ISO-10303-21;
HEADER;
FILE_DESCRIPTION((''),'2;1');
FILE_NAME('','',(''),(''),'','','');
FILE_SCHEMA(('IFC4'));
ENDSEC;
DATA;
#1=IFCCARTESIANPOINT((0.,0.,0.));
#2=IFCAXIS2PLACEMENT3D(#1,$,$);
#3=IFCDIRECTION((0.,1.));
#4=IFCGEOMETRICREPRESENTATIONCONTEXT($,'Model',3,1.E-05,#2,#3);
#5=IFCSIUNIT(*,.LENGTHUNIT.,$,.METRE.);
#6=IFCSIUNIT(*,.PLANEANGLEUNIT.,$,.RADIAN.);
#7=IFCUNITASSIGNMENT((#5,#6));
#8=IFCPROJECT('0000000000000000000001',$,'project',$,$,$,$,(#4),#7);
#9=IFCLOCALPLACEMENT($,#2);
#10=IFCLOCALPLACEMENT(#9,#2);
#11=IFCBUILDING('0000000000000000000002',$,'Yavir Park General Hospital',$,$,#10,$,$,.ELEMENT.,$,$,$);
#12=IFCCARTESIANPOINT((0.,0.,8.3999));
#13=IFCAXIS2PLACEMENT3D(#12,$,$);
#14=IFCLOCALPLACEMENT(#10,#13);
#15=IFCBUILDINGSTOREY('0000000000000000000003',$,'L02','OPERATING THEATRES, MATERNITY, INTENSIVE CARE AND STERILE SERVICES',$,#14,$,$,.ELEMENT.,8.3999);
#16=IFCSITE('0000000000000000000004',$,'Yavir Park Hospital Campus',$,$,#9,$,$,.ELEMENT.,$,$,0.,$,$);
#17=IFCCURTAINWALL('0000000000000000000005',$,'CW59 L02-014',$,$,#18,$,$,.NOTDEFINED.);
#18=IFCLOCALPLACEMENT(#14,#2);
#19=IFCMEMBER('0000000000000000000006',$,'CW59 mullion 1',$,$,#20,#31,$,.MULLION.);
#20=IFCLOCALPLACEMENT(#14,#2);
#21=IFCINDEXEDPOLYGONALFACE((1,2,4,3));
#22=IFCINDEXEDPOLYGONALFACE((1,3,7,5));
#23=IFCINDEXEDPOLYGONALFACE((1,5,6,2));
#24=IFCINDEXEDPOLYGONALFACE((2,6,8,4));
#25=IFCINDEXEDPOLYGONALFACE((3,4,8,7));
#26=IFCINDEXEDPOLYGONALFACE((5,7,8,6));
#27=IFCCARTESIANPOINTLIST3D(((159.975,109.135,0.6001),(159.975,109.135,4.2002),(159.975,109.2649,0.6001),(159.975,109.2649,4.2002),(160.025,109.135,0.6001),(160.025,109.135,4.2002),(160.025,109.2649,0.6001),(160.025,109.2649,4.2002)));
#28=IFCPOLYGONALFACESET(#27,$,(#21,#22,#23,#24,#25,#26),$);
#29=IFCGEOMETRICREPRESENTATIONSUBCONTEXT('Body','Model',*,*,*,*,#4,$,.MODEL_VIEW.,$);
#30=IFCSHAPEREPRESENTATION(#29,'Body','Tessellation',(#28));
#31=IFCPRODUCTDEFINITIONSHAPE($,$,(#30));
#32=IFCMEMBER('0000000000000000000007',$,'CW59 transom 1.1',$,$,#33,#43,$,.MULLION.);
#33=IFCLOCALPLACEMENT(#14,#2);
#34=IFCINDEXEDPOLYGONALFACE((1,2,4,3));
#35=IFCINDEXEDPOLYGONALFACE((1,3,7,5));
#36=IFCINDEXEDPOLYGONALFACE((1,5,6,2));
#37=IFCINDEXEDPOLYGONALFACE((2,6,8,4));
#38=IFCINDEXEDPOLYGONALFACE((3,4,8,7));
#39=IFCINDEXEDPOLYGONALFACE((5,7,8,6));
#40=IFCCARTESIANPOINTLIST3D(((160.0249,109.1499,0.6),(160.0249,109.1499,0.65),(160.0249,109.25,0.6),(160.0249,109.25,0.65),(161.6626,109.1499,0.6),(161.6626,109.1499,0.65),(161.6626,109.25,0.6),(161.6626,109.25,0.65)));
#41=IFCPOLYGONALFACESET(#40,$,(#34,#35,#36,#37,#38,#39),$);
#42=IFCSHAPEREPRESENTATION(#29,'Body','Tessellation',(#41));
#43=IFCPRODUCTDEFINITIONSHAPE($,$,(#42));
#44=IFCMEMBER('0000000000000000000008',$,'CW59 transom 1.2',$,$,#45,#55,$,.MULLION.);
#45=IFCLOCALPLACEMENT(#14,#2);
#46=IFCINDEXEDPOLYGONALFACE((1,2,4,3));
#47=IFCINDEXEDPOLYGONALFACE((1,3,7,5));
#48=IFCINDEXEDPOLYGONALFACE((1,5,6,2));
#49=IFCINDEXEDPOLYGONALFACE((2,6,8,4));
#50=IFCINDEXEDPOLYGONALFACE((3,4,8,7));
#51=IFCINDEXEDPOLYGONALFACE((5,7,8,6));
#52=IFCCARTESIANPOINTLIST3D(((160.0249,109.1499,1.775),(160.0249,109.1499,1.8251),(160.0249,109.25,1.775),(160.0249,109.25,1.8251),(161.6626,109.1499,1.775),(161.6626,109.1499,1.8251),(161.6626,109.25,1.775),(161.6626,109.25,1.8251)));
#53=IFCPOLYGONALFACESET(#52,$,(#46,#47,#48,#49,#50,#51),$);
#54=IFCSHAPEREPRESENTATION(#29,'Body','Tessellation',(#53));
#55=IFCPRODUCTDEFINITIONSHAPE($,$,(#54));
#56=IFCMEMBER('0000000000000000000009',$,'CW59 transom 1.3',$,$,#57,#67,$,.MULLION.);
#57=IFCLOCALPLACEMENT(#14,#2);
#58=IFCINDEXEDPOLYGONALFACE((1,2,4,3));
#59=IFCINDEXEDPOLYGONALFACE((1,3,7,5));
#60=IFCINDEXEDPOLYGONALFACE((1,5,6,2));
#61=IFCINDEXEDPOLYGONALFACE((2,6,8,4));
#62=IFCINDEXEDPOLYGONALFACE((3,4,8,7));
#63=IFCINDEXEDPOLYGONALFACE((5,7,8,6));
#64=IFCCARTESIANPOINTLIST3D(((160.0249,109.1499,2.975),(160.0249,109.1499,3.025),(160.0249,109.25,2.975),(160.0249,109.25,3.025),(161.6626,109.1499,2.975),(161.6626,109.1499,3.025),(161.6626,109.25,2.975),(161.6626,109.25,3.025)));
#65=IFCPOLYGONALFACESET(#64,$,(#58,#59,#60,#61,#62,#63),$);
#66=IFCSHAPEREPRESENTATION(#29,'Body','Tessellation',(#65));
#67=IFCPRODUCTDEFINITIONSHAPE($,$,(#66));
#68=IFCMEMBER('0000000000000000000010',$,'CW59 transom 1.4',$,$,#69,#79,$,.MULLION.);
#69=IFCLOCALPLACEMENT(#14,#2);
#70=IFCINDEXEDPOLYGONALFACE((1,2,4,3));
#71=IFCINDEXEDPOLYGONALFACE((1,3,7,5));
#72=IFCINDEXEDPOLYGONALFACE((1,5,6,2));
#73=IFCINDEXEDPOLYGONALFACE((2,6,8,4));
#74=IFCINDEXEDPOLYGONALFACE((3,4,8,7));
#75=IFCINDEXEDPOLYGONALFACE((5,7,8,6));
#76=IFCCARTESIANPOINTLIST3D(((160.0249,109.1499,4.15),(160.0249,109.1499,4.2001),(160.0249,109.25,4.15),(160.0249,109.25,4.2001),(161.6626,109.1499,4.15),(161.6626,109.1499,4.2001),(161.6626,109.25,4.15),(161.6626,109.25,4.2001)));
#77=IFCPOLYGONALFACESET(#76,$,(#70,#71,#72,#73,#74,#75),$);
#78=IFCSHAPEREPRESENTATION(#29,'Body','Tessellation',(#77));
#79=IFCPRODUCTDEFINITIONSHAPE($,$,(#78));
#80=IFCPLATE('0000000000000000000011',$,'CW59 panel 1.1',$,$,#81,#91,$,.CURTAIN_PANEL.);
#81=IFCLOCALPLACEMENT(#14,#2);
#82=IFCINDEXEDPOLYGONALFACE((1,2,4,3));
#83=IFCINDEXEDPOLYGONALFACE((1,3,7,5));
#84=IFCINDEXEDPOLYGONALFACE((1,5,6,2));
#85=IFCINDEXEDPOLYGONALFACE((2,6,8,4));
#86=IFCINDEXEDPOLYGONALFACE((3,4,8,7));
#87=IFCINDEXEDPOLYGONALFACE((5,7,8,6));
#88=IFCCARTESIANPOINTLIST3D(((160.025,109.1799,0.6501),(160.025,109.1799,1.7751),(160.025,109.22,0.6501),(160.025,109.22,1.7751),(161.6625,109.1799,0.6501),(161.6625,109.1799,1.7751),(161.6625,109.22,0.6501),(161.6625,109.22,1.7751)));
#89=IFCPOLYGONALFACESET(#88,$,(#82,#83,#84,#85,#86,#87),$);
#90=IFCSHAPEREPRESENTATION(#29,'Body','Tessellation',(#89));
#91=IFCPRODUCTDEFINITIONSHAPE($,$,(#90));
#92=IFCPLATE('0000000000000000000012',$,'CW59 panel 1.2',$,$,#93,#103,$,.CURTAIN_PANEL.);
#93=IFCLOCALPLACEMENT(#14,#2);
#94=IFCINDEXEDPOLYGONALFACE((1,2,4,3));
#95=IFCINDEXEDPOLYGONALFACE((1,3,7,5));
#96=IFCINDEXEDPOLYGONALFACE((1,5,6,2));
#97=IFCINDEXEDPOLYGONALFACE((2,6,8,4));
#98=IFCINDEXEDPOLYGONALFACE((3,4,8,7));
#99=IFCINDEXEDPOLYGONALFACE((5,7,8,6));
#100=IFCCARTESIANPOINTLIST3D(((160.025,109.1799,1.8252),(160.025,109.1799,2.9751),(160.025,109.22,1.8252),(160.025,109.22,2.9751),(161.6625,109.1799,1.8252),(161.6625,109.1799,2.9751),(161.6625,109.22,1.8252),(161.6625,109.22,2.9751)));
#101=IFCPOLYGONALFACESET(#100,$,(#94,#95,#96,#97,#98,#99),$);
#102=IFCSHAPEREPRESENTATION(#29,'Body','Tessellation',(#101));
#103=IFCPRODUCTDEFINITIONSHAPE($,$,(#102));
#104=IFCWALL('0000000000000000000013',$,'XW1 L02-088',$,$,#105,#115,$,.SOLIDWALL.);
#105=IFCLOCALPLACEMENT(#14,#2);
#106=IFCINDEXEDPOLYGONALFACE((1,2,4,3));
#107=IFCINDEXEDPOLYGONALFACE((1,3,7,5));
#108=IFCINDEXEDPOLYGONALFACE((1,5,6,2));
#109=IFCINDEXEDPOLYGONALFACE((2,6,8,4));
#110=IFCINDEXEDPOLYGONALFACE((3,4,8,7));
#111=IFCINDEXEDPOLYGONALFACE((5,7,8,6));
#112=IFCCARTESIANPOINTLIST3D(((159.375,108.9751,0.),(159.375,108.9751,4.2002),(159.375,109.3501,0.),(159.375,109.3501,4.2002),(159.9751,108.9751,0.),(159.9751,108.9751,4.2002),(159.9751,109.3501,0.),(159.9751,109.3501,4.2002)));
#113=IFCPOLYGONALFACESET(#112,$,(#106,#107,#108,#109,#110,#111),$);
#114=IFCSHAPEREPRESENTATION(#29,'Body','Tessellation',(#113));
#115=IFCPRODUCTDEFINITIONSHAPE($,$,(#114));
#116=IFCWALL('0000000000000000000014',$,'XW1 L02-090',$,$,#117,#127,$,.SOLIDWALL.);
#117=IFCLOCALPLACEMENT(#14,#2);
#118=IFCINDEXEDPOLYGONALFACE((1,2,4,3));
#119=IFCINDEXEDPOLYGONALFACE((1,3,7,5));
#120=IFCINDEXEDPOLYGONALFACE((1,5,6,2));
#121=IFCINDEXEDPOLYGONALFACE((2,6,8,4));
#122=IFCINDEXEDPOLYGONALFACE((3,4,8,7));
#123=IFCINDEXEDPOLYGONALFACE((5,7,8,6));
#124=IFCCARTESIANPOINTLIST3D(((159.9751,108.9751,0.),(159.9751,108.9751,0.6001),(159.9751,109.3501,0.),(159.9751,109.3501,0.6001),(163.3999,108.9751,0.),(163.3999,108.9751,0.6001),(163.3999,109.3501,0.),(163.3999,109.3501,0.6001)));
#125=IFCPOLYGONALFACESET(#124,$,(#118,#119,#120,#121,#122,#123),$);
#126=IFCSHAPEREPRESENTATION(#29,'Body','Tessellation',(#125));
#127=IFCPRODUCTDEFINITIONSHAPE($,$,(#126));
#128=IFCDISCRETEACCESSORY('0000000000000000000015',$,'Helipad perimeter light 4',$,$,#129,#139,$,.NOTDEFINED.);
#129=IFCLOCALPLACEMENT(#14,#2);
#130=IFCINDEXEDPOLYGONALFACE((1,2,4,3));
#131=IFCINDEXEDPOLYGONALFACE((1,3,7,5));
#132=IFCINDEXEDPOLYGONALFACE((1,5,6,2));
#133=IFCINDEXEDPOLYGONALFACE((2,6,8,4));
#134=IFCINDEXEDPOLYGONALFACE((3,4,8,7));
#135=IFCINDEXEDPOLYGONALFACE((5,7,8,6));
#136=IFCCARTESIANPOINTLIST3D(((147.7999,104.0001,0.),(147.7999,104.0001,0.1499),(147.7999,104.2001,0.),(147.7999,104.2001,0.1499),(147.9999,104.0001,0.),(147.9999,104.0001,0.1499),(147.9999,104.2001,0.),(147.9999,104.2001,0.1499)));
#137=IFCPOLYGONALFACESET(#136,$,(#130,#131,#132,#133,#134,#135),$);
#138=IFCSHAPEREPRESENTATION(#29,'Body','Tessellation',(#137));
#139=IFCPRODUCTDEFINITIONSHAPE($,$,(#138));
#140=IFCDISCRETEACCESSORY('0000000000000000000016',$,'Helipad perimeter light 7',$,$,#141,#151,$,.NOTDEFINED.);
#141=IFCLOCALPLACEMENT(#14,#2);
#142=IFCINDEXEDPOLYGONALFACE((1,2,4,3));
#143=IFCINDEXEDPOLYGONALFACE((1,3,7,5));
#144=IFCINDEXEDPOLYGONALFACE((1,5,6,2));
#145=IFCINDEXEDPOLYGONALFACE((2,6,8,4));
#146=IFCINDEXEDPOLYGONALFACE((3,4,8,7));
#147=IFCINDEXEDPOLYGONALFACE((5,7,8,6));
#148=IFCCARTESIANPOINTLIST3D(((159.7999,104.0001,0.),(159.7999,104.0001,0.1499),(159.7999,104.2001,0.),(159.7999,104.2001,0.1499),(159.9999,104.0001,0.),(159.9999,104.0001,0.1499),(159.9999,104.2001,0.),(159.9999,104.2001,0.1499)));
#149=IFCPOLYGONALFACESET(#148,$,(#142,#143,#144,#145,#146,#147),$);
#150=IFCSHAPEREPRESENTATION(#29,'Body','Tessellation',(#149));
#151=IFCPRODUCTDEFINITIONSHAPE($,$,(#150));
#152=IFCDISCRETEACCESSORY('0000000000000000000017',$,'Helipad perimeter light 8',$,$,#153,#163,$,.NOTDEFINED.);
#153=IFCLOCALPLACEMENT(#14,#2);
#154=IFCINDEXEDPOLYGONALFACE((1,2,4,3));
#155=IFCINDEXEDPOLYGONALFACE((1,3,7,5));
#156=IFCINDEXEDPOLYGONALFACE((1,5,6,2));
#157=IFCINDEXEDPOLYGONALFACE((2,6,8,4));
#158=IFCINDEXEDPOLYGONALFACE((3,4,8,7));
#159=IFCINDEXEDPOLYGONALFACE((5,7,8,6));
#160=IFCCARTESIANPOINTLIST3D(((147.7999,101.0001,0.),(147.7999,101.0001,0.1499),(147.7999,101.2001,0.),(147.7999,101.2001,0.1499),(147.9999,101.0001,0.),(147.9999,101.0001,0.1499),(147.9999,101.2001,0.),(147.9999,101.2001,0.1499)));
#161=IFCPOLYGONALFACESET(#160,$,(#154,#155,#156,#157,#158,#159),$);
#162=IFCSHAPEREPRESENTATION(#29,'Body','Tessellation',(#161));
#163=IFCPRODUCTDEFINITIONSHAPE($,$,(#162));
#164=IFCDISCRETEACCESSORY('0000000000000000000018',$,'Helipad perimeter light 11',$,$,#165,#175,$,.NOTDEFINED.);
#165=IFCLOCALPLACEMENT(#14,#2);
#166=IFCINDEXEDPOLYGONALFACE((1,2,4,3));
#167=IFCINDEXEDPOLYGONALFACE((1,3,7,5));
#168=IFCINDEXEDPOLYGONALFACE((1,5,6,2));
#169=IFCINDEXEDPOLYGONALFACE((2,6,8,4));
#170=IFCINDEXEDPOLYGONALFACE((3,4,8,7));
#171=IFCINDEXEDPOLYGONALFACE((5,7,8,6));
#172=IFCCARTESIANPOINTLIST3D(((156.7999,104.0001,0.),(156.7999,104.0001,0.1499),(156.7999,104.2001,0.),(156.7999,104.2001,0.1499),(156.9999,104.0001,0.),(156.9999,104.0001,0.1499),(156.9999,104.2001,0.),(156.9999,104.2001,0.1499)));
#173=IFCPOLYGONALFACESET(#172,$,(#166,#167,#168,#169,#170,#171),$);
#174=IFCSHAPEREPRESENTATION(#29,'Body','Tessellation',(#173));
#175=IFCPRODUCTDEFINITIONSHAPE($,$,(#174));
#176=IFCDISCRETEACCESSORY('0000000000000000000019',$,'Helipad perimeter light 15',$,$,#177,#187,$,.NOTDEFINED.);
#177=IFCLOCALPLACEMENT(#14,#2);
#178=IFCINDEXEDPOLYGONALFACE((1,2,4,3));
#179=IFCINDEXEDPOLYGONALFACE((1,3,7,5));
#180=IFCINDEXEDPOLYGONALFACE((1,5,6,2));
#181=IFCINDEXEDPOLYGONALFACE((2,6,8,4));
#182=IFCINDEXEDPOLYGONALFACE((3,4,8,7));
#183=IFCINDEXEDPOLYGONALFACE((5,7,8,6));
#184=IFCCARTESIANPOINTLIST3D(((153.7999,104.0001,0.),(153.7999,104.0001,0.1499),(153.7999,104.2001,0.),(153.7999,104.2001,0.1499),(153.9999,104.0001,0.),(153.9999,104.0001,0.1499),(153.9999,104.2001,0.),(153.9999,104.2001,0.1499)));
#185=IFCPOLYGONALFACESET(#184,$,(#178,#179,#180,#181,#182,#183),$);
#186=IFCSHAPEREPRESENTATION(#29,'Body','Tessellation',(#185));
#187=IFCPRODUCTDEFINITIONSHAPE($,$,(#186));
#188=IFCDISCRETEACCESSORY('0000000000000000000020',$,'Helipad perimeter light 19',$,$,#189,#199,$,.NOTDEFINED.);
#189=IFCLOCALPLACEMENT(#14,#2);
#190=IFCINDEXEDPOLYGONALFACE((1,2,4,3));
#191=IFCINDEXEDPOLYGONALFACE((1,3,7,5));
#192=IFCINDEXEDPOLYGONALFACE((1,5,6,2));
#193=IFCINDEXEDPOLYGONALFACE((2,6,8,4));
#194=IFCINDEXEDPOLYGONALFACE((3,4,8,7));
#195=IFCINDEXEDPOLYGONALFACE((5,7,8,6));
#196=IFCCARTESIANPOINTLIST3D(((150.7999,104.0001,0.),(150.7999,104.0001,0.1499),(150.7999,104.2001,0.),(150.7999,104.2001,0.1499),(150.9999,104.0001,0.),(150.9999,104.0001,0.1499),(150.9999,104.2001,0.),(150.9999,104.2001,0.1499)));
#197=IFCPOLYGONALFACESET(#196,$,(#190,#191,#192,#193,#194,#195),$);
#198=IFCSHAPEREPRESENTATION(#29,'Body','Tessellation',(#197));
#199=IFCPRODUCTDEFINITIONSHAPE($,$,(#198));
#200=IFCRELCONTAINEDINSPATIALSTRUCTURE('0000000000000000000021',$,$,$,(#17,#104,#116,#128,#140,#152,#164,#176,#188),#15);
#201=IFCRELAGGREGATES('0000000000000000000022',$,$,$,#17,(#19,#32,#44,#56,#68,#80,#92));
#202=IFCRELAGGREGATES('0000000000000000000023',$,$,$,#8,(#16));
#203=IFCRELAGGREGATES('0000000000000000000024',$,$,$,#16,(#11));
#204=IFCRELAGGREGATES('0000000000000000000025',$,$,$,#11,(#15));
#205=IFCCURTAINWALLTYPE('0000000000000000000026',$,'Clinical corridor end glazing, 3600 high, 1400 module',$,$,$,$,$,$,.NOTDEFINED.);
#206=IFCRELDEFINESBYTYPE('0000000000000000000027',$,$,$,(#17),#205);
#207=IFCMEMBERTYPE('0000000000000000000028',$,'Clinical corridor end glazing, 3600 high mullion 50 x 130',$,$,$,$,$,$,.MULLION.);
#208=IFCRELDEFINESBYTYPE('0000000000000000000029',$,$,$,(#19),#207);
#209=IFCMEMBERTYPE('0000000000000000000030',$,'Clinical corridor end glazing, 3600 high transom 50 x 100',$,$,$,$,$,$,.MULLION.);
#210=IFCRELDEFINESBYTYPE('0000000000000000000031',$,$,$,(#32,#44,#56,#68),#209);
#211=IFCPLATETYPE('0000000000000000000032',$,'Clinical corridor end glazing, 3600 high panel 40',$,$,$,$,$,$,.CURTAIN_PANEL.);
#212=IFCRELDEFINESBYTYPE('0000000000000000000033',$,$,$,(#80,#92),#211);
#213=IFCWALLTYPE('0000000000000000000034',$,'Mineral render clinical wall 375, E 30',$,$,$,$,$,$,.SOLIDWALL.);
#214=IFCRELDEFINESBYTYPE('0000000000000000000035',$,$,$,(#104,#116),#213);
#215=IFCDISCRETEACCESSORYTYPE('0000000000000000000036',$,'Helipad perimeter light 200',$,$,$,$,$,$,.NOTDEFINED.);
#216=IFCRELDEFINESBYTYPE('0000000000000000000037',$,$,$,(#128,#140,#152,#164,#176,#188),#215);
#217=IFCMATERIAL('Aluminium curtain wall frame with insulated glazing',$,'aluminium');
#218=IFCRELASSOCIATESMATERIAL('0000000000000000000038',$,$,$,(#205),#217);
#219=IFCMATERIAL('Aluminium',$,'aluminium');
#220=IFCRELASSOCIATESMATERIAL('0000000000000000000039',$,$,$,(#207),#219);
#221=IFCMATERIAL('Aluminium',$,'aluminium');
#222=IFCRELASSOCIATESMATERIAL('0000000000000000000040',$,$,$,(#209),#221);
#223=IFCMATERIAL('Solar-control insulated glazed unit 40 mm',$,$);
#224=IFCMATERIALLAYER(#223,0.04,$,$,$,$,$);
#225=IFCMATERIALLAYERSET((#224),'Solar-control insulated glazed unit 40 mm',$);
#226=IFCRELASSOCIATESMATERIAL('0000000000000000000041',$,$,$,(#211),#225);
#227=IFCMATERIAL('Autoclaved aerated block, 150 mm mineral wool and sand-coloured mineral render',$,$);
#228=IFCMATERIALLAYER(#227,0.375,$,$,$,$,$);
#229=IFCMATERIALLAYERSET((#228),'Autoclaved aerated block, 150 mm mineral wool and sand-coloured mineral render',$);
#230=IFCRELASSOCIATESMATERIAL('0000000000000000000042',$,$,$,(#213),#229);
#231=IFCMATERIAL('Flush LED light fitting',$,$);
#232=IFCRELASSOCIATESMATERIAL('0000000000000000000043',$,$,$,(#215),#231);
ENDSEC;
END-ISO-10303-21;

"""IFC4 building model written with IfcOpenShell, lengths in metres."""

from ifc_helpers import new_model, si_unit, direction, frame, frame_2d, origin, origin_2d, place, context, subcontext, project, spatial, rectangle, extrude, material, layer, layer_set, material_profile, profile_set, type_object, element, aggregate, save


model = new_model("IFC4")

# Units and contexts
model_context = context("Model", 3, precision=1e-05, world=origin(), true_north=direction((0.0, 1.0)))
body_context = subcontext(model_context, "Body", "Model", "MODEL_VIEW")
ifc_project = project(units=[si_unit("LENGTHUNIT", "METRE"), si_unit("PLANEANGLEUNIT", "RADIAN")], contexts=[model_context])

# Site, building, storey
site_placement = place(None, origin())
site = spatial("IfcSite", under=ifc_project, at=site_placement, Name="Yavir Park Hospital Campus", CompositionType="ELEMENT", RefElevation=0.0)
building_placement = place(site_placement, origin())
building = spatial("IfcBuilding", under=site, at=building_placement, Name="Yavir Park General Hospital", CompositionType="ELEMENT")
storey_placement = place(building_placement, frame((0.0, 0.0, 8.3999)))
storey = spatial("IfcBuildingStorey", under=building, at=storey_placement, Name="L02", Description="OPERATING THEATRES, MATERNITY, INTENSIVE CARE AND STERILE SERVICES", CompositionType="ELEMENT", Elevation=8.3999)

# Curtain wall, members, plates
ifc_material_1 = material(Name="Aluminium curtain wall frame with insulated glazing", Category="aluminium")
curtain_wall_type = type_object("IfcCurtainWallType", Name="Clinical corridor end glazing, 3600 high, 1400 module", PredefinedType="NOTDEFINED", material=ifc_material_1)
curtain_wall_placement = place(storey_placement, origin())
curtain_wall = element("IfcCurtainWall", 1, at=curtain_wall_placement, inside=storey, type_object=curtain_wall_type, Name="CW59 L02-014", PredefinedType="NOTDEFINED")
ifc_material_2 = material(Name="Aluminium", Category="aluminium")
ifc_material_profile_1 = material_profile(ifc_material_2, rectangle(XDim=0.1299, YDim=0.05, at=origin_2d()), Name="AL 50x130")
ifc_profile_set_1 = profile_set([ifc_material_profile_1], Name="Aluminium")
member_type_1 = type_object("IfcMemberType", Name="Clinical corridor end glazing, 3600 high mullion 50 x 130", PredefinedType="MULLION", material=ifc_profile_set_1)
member_1_placement = place(storey_placement, frame((160.0, 109.2, 0.6001), z_axis=(0.0, 0.0, 1.0), x_axis=(0.0, 1.0, 0.0)))
member_1 = element("IfcMember", 2, at=member_1_placement, type_object=member_type_1, Name="CW59 mullion 1", PredefinedType="MULLION", context=body_context, shape_type="SweptSolid", body=[
    extrude(rectangle(XDim=0.1299, YDim=0.05, at=origin_2d()), origin(), (0.0, 0.0, 1.0), 3.6001),
])
ifc_material_3 = material(Name="Aluminium", Category="aluminium")
ifc_material_profile_2 = material_profile(ifc_material_3, rectangle(XDim=0.1001, YDim=0.05, at=origin_2d()), Name="AL 100x50")
ifc_profile_set_2 = profile_set([ifc_material_profile_2], Name="Aluminium")
member_type_2 = type_object("IfcMemberType", Name="Clinical corridor end glazing, 3600 high transom 50 x 100", PredefinedType="MULLION", material=ifc_profile_set_2)
member_2_placement = place(storey_placement, frame((160.0249, 109.2, 0.625), z_axis=(1.0, 0.0, 0.0), x_axis=(0.0, 1.0, 0.0)))
member_2 = element("IfcMember", 3, at=member_2_placement, type_object=member_type_2, Name="CW59 transom 1.1", PredefinedType="MULLION", context=body_context, shape_type="SweptSolid", body=[
    extrude(rectangle(XDim=0.1001, YDim=0.05, at=origin_2d()), origin(), (0.0, 0.0, 1.0), 1.6377),
])
member_3_placement = place(storey_placement, frame((160.0249, 109.2, 1.8), z_axis=(1.0, 0.0, 0.0), x_axis=(0.0, 1.0, 0.0)))
member_3 = element("IfcMember", 4, at=member_3_placement, type_object=member_type_2, Name="CW59 transom 1.2", PredefinedType="MULLION", context=body_context, shape_type="SweptSolid", body=[
    extrude(rectangle(XDim=0.1001, YDim=0.05, at=origin_2d()), origin(), (0.0, 0.0, 1.0), 1.6377),
])
member_4_placement = place(storey_placement, frame((160.0249, 109.2, 3.0), z_axis=(1.0, 0.0, 0.0), x_axis=(0.0, 1.0, 0.0)))
member_4 = element("IfcMember", 5, at=member_4_placement, type_object=member_type_2, Name="CW59 transom 1.3", PredefinedType="MULLION", context=body_context, shape_type="SweptSolid", body=[
    extrude(rectangle(XDim=0.1001, YDim=0.05, at=origin_2d()), origin(), (0.0, 0.0, 1.0), 1.6377),
])
member_5_placement = place(storey_placement, frame((160.0249, 109.2, 4.175), z_axis=(1.0, 0.0, 0.0), x_axis=(0.0, 1.0, 0.0)))
member_5 = element("IfcMember", 6, at=member_5_placement, type_object=member_type_2, Name="CW59 transom 1.4", PredefinedType="MULLION", context=body_context, shape_type="SweptSolid", body=[
    extrude(rectangle(XDim=0.1001, YDim=0.05, at=origin_2d()), origin(), (0.0, 0.0, 1.0), 1.6377),
])
ifc_material_4 = material(Name="Solar-control insulated glazed unit 40 mm")
ifc_layer_1 = layer(ifc_material_4, 0.04)
ifc_layer_set_1 = layer_set([ifc_layer_1], Name="Solar-control insulated glazed unit 40 mm")
plate_type = type_object("IfcPlateType", Name="Clinical corridor end glazing, 3600 high panel 40", PredefinedType="CURTAIN_PANEL", material=ifc_layer_set_1)
plate_1_placement = place(storey_placement, frame((160.8438, 109.2, 0.6501), z_axis=(0.0, 0.0, 1.0), x_axis=(1.0, 0.0, 0.0)))
plate_1 = element("IfcPlate", 7, at=plate_1_placement, type_object=plate_type, Name="CW59 panel 1.1", PredefinedType="CURTAIN_PANEL", context=body_context, shape_type="SweptSolid", body=[
    extrude(rectangle(XDim=1.6375, YDim=0.04, at=origin_2d()), origin(), (0.0, 0.0, 1.0), 1.125),
])
plate_2_placement = place(storey_placement, frame((160.8438, 109.2, 1.8252), z_axis=(0.0, 0.0, 1.0), x_axis=(1.0, 0.0, 0.0)))
plate_2 = element("IfcPlate", 8, at=plate_2_placement, type_object=plate_type, Name="CW59 panel 1.2", PredefinedType="CURTAIN_PANEL", context=body_context, shape_type="SweptSolid", body=[
    extrude(rectangle(XDim=1.6375, YDim=0.04, at=origin_2d()), origin(), (0.0, 0.0, 1.0), 1.1499),
])
aggregate(curtain_wall, [member_1, member_2, member_3, member_4, member_5, plate_1, plate_2])

# Walls
ifc_material_5 = material(Name="Autoclaved aerated block, 150 mm mineral wool and sand-coloured mineral render")
ifc_layer_2 = layer(ifc_material_5, 0.375)
ifc_layer_set_2 = layer_set([ifc_layer_2], Name="Autoclaved aerated block, 150 mm mineral wool and sand-coloured mineral render")
wall_type = type_object("IfcWallType", Name="Mineral render clinical wall 375, E 30", PredefinedType="SOLIDWALL", material=ifc_layer_set_2)
wall_1_placement = place(storey_placement, frame((159.375, 109.1626, 0.0), z_axis=(0.0, 0.0, 1.0), x_axis=(1.0, 0.0, 0.0)))
element("IfcWall", 9, at=wall_1_placement, inside=storey, type_object=wall_type, Name="XW1 L02-088", PredefinedType="SOLIDWALL", context=body_context, shape_type="SweptSolid", body=[
    extrude(rectangle(XDim=0.6001, YDim=0.375, at=frame_2d((0.3, 0.0))), origin(), (0.0, 0.0, 1.0), 4.2002),
])
wall_2_placement = place(storey_placement, frame((159.9751, 109.1626, 0.0), z_axis=(0.0, 0.0, 1.0), x_axis=(1.0, 0.0, 0.0)))
element("IfcWall", 10, at=wall_2_placement, inside=storey, type_object=wall_type, Name="XW1 L02-090", PredefinedType="SOLIDWALL", context=body_context, shape_type="SweptSolid", body=[
    extrude(rectangle(XDim=3.4248, YDim=0.375, at=frame_2d((1.7124, 0.0))), origin(), (0.0, 0.0, 1.0), 0.6001),
])

# Discrete accessories
ifc_material_6 = material(Name="Flush LED light fitting")
discrete_accessory_type_1 = type_object("IfcDiscreteAccessoryType", Name="Helipad perimeter light 200", PredefinedType="NOTDEFINED", material=ifc_material_6)
for number, where, z_axis, x_axis, name in (
    (11, (147.8999, 104.1001, 0.0), (0.0, 0.0, 1.0), (1.0, 0.0, 0.0), "Helipad perimeter light 4"),
    (12, (159.8999, 104.1001, 0.0), (0.0, 0.0, 1.0), (1.0, 0.0, 0.0), "Helipad perimeter light 7"),
    (13, (147.8999, 101.1001, 0.0), (0.0, 0.0, 1.0), (1.0, 0.0, 0.0), "Helipad perimeter light 8"),
    (14, (156.8999, 104.1001, 0.0), (0.0, 0.0, 1.0), (1.0, 0.0, 0.0), "Helipad perimeter light 11"),
    (15, (153.8999, 104.1001, 0.0), (0.0, 0.0, 1.0), (1.0, 0.0, 0.0), "Helipad perimeter light 15"),
    (16, (150.8999, 104.1001, 0.0), (0.0, 0.0, 1.0), (1.0, 0.0, 0.0), "Helipad perimeter light 19"),
):
    element("IfcDiscreteAccessory", number, at=place(storey_placement, frame(where, z_axis=z_axis, x_axis=x_axis)), inside=storey, type_object=discrete_accessory_type_1, Name=name, PredefinedType="NOTDEFINED", context=body_context, shape_type="SweptSolid", body=[
        extrude(rectangle(XDim=0.2, YDim=0.2, at=origin_2d()), origin(), (0.0, 0.0, 1.0), 0.1499),
    ])

save(model, "model.ifc")
